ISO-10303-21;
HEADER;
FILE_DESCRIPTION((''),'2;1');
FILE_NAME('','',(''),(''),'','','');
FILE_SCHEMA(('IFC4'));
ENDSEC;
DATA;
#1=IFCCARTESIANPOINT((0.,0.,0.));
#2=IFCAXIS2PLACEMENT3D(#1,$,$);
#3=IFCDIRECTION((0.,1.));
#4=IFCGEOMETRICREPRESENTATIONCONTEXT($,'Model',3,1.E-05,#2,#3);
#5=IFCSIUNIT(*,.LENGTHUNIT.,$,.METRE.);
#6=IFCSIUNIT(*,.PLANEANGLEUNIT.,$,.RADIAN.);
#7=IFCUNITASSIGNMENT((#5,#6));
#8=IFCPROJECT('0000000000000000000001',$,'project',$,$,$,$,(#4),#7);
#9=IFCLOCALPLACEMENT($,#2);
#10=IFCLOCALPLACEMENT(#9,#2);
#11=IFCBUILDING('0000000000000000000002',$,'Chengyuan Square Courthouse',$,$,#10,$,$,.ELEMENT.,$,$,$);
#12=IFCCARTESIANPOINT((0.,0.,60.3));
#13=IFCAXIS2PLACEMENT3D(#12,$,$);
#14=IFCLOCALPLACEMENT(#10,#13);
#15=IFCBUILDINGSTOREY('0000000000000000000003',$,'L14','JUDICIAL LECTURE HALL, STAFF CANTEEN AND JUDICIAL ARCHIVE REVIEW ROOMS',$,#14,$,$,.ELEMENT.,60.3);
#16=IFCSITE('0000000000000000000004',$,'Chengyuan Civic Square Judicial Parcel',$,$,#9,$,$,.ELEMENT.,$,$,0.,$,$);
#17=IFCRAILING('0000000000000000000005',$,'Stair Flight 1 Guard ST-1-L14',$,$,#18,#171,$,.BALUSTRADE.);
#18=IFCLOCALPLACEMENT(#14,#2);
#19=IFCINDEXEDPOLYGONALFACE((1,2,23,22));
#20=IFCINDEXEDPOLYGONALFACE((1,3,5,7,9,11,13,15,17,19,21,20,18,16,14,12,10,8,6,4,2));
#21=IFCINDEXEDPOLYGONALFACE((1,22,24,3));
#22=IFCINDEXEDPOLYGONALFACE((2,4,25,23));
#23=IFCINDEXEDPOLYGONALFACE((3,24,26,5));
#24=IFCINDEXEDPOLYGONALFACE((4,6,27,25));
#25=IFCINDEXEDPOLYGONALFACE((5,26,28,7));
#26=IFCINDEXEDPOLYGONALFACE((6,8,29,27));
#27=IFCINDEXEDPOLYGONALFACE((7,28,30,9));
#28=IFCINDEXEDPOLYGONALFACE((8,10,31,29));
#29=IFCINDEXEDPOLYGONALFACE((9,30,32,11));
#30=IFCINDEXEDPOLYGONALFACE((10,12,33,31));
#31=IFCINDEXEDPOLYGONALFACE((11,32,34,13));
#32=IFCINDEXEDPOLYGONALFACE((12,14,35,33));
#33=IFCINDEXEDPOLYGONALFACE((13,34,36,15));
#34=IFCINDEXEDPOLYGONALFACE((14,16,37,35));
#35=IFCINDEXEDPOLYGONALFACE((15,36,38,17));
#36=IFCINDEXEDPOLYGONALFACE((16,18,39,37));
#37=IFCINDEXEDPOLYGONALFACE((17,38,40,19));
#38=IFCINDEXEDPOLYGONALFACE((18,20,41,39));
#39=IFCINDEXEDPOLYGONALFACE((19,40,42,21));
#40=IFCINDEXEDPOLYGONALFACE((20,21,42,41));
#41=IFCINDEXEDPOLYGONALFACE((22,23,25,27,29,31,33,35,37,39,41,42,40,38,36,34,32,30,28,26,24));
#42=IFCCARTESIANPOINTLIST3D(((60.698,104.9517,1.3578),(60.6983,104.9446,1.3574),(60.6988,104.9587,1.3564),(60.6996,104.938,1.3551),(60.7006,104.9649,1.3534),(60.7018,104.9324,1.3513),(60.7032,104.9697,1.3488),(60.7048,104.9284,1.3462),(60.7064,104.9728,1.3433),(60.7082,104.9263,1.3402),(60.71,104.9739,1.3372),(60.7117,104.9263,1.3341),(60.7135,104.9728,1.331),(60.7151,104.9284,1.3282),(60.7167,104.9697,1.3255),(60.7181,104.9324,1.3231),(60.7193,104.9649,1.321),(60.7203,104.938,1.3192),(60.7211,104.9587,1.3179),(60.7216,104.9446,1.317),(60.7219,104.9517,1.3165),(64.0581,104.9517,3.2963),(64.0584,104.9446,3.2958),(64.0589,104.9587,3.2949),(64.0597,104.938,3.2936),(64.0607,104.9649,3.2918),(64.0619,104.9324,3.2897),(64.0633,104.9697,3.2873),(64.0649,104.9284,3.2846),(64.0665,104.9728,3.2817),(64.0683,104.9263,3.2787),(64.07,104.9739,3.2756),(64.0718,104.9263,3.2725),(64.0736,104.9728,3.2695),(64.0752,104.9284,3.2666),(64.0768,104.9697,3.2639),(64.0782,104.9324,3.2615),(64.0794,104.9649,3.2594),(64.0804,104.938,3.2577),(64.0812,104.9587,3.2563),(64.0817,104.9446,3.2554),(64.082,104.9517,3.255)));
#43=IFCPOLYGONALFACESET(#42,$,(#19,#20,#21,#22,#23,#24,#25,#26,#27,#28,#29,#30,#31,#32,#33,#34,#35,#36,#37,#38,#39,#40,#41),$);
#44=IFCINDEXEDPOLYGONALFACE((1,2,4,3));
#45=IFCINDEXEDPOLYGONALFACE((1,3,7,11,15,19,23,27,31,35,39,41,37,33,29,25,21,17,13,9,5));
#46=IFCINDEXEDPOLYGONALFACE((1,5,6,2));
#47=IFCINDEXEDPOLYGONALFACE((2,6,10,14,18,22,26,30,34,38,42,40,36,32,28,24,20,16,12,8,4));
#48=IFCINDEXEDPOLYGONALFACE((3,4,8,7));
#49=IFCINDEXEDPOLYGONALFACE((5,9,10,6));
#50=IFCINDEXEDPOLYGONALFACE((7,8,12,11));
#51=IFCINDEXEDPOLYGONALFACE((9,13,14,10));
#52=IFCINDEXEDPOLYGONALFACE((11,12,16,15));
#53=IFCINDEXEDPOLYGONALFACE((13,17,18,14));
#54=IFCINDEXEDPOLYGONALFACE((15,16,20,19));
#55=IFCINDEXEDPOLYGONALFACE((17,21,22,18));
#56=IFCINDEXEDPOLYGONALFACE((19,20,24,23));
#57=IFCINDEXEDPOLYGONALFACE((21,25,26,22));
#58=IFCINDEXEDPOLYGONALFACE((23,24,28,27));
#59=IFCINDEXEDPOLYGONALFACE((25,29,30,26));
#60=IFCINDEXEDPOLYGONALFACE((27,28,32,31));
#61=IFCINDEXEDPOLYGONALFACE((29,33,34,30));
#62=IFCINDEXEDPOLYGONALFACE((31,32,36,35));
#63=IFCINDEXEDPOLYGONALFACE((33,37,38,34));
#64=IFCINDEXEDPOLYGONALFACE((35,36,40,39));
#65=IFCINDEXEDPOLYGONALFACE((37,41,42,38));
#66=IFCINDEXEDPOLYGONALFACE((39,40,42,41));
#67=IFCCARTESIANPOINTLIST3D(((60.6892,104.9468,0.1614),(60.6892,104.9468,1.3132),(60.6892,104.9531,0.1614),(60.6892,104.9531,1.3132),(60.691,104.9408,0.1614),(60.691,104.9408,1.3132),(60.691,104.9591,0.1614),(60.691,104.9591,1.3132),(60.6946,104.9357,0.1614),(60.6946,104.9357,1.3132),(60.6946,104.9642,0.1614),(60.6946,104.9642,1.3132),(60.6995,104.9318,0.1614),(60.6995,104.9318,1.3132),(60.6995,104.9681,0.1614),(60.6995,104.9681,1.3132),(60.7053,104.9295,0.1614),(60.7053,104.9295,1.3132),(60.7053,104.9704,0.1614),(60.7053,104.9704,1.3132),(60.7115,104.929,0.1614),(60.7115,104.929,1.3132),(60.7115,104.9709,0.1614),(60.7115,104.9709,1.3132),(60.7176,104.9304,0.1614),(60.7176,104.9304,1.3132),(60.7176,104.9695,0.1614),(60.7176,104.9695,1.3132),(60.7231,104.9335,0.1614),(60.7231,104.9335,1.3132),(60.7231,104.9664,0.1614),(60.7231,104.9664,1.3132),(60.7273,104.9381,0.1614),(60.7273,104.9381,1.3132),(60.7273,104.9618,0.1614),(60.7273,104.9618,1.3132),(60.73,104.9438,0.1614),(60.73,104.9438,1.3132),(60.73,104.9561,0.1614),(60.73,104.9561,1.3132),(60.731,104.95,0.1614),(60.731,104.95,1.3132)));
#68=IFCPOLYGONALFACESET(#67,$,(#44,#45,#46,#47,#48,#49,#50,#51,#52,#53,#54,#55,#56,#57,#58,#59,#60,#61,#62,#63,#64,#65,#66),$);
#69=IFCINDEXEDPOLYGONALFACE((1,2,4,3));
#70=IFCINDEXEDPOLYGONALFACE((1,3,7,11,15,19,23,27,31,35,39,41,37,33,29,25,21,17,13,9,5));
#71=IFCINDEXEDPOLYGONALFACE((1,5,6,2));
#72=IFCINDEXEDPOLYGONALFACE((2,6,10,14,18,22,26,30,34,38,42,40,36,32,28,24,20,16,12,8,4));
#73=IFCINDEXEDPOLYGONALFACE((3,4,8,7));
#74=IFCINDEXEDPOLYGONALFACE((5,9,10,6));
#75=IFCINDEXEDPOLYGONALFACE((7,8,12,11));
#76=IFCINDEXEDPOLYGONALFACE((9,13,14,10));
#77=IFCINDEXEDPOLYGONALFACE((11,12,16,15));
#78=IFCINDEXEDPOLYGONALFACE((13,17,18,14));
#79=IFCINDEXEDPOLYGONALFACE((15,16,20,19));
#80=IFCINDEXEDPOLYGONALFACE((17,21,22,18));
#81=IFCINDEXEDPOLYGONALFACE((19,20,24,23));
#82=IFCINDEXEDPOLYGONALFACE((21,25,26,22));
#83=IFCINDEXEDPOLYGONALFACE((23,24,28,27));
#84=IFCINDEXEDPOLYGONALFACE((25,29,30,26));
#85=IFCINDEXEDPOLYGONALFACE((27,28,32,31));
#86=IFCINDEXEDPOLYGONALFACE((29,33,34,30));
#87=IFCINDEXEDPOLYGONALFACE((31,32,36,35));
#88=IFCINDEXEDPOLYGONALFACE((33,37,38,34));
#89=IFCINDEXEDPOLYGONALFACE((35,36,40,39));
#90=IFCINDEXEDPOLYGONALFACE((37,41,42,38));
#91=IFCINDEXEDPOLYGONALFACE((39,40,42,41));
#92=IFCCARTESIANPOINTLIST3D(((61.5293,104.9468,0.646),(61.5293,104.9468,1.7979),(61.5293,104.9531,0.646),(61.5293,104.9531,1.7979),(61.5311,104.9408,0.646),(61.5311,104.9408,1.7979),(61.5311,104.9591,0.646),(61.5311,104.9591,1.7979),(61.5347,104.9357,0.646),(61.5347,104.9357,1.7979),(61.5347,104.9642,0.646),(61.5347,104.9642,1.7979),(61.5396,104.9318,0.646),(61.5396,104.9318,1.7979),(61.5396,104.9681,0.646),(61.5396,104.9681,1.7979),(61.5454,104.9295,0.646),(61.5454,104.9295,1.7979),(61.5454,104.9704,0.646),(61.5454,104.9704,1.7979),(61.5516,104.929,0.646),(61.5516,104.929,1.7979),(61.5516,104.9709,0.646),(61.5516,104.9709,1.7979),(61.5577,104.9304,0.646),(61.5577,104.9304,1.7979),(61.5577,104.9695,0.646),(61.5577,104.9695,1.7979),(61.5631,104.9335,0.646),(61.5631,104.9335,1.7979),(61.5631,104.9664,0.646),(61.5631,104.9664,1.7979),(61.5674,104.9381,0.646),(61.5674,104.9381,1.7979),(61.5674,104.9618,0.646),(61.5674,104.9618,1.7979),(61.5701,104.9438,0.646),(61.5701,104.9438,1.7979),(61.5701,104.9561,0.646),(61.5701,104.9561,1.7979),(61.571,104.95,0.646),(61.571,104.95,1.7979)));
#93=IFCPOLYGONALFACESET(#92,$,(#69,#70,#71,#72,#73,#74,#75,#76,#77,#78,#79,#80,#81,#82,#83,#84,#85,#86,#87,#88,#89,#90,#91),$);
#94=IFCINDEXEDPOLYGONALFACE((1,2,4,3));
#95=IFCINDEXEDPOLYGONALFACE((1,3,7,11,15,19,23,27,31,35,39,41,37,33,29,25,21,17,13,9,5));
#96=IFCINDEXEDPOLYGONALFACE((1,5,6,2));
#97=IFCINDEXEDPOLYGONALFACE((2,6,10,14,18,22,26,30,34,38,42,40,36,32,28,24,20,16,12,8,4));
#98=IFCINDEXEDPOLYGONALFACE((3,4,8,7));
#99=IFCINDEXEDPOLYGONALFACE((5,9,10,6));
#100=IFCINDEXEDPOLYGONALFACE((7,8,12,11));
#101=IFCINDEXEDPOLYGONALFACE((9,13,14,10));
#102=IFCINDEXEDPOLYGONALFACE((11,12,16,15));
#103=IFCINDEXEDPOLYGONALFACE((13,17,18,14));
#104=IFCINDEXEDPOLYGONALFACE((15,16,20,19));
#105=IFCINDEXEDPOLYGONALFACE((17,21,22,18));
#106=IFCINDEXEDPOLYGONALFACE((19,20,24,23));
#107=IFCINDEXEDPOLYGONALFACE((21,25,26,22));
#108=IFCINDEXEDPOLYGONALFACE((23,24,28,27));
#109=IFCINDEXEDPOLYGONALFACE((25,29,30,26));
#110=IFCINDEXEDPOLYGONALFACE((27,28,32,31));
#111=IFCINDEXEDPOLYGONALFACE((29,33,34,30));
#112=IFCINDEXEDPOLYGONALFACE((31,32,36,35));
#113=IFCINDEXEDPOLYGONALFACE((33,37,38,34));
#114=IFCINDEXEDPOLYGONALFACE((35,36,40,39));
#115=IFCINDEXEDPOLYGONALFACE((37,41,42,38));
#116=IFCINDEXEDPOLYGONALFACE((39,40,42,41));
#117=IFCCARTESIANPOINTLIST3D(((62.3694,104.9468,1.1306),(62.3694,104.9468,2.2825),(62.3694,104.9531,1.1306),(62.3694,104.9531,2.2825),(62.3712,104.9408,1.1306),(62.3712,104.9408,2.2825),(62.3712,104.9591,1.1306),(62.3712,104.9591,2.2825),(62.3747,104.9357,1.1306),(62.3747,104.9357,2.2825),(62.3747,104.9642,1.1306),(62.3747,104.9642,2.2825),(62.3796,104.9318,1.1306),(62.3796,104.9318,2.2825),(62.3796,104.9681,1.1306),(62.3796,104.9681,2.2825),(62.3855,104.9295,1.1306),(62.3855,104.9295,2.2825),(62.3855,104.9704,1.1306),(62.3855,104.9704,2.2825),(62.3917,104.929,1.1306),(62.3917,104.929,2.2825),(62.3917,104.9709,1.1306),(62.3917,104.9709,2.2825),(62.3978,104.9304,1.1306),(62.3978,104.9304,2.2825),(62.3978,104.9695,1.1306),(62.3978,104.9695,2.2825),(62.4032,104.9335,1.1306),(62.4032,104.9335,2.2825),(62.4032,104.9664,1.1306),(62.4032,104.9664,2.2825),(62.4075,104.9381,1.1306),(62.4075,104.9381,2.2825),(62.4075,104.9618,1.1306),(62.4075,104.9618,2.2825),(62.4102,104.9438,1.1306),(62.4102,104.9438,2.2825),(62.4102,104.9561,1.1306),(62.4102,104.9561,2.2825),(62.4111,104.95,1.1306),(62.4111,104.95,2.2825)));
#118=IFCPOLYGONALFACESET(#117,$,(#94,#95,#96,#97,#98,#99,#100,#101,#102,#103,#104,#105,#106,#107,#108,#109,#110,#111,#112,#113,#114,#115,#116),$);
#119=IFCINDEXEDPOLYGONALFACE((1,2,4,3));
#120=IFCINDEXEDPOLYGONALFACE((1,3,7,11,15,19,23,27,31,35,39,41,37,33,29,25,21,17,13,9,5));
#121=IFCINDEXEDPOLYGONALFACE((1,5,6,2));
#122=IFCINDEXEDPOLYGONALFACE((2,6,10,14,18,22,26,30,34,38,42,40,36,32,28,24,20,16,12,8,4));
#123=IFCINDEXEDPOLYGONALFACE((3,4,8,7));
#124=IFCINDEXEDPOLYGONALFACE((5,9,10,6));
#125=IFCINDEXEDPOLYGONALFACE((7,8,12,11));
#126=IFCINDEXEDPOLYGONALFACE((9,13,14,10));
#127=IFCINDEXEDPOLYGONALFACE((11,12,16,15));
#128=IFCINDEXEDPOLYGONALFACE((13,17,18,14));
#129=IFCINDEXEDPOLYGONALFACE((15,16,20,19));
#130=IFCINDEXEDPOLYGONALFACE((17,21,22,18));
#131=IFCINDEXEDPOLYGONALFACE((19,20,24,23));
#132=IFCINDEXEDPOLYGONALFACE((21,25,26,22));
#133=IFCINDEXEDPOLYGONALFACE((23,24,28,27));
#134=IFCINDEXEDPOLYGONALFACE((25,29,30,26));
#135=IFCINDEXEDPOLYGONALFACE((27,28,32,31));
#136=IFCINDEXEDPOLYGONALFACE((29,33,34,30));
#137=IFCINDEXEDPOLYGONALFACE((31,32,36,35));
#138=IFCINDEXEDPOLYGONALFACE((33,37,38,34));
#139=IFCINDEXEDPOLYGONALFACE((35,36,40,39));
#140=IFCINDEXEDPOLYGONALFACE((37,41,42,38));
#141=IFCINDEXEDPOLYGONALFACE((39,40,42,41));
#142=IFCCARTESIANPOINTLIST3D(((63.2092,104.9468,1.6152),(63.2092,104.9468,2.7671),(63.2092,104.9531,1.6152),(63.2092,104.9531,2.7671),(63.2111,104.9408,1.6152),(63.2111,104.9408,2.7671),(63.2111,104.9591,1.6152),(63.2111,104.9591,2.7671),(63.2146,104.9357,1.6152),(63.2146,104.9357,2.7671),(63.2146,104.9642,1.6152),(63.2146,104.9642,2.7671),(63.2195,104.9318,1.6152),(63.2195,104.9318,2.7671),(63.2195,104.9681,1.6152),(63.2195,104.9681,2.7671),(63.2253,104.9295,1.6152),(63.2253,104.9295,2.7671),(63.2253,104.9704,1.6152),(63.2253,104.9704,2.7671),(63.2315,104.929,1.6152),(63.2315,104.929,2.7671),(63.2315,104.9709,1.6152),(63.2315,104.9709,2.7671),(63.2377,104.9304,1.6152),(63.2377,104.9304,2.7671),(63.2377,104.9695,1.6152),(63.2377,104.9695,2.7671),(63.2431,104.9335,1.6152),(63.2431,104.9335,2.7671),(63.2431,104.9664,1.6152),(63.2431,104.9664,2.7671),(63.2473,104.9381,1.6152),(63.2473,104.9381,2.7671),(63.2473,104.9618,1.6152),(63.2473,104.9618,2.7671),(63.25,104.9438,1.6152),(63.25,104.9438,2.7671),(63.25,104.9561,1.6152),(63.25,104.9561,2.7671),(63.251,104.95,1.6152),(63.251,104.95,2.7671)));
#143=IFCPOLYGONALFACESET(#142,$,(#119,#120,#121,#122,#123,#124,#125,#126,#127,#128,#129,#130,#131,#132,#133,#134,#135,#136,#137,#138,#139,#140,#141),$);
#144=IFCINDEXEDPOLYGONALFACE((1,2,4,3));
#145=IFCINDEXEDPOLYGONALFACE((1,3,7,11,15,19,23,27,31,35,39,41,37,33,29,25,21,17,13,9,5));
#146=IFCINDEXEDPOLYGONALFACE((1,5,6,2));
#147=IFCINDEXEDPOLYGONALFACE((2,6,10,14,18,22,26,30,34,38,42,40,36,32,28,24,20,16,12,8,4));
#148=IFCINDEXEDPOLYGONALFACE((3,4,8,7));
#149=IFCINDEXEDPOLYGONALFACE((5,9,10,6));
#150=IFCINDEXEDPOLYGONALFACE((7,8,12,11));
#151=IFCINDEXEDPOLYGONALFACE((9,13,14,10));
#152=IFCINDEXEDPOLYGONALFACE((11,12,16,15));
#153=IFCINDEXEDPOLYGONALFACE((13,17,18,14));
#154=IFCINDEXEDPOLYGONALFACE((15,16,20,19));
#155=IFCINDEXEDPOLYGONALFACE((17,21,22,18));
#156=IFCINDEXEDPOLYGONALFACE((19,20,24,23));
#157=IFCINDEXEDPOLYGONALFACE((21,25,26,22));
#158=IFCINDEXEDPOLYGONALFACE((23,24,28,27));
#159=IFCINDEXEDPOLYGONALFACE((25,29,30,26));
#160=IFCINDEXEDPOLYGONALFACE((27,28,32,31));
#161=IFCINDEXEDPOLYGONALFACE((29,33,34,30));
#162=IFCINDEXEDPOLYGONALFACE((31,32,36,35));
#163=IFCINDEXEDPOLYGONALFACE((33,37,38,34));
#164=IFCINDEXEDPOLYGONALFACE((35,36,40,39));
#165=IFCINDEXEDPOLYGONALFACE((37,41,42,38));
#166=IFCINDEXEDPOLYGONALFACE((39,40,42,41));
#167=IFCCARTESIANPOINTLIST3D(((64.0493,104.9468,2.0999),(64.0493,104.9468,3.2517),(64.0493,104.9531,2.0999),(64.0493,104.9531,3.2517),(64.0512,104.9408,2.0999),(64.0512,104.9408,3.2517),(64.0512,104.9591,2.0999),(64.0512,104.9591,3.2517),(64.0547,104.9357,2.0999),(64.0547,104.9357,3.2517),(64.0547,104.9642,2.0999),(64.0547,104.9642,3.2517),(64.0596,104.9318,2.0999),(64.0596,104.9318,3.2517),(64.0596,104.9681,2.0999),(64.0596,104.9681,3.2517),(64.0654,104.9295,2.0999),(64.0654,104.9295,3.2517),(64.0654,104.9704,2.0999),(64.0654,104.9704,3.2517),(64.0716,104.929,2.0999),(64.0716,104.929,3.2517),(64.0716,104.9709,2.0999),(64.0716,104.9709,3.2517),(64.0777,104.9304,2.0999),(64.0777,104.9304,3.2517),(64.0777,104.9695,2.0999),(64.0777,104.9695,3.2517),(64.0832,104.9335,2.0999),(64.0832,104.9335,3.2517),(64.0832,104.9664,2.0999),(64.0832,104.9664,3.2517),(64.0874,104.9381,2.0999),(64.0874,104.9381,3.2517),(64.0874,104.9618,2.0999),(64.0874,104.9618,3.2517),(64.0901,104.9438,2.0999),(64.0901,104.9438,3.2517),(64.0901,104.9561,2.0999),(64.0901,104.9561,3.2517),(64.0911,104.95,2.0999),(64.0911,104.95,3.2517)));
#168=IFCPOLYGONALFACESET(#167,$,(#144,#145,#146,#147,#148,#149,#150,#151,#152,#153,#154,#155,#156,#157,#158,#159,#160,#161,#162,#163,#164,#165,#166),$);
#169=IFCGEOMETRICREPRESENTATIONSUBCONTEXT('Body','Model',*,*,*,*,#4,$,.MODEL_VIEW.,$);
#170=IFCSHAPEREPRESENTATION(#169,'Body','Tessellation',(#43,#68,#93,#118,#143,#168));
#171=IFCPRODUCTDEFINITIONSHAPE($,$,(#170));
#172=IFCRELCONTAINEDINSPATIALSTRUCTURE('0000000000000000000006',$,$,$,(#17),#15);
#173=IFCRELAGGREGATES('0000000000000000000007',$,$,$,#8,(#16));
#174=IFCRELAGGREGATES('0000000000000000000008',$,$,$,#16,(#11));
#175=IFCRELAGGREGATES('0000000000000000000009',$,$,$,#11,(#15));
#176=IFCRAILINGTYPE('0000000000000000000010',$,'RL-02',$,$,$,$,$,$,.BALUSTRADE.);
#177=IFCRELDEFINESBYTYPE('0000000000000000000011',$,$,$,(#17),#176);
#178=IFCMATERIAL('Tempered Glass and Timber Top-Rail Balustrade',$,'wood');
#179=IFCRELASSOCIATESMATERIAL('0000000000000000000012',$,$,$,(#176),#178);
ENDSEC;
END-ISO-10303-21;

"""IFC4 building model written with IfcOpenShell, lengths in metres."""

from ifc_helpers import new_model, si_unit, direction, frame, origin, origin_2d, place, context, subcontext, project, spatial, circle, extrude, material, type_object, element, save


model = new_model("IFC4")

# Units and contexts
model_context = context("Model", 3, precision=1e-05, world=origin(), true_north=direction((0.0, 1.0)))
body_context = subcontext(model_context, "Body", "Model", "MODEL_VIEW")
ifc_project = project(units=[si_unit("LENGTHUNIT", "METRE"), si_unit("PLANEANGLEUNIT", "RADIAN")], contexts=[model_context])

# Site, building, storey
site_placement = place(None, origin())
site = spatial("IfcSite", under=ifc_project, at=site_placement, Name="Chengyuan Civic Square Judicial Parcel", CompositionType="ELEMENT", RefElevation=0.0)
building_placement = place(site_placement, origin())
building = spatial("IfcBuilding", under=site, at=building_placement, Name="Chengyuan Square Courthouse", CompositionType="ELEMENT")
storey_placement = place(building_placement, frame((0.0, 0.0, 60.3)))
storey = spatial("IfcBuildingStorey", under=building, at=storey_placement, Name="L14", Description="JUDICIAL LECTURE HALL, STAFF CANTEEN AND JUDICIAL ARCHIVE REVIEW ROOMS", CompositionType="ELEMENT", Elevation=60.3)

# Railing
ifc_material_1 = material(Name="Tempered Glass and Timber Top-Rail Balustrade", Category="wood")
railing_type_1 = type_object("IfcRailingType", Name="RL-02", PredefinedType="BALUSTRADE", material=ifc_material_1)
railing_1_placement = place(storey_placement, frame((60.71, 104.95, 0.1614)))
element("IfcRailing", 1, at=railing_1_placement, inside=storey, type_object=railing_type_1, Name="Stair Flight 1 Guard ST-1-L14", PredefinedType="BALUSTRADE", context=body_context, shape_type="SweptSolid", body=[
    extrude(circle(Radius=0.0239, at=origin_2d()), frame((0.0, 0.0, 1.1758), z_axis=(0.866191, 0.0, 0.499713), x_axis=(0.0, 1.0, 0.0)), (0.0, 0.0, 1.0), 3.8792),
    extrude(circle(Radius=0.021, at=origin_2d()), origin(), (0.0, 0.0, 1.0), 1.1519),
    extrude(circle(Radius=0.021, at=origin_2d()), frame((0.8401, 0.0, 0.4846)), (0.0, 0.0, 1.0), 1.1519),
    extrude(circle(Radius=0.021, at=origin_2d()), frame((1.6802, 0.0, 0.9692)), (0.0, 0.0, 1.0), 1.1519),
    extrude(circle(Radius=0.021, at=origin_2d()), frame((2.52, 0.0, 1.4539)), (0.0, 0.0, 1.0), 1.1519),
    extrude(circle(Radius=0.021, at=origin_2d()), frame((3.3601, 0.0, 1.9385)), (0.0, 0.0, 1.0), 1.1519),
])

save(model, "model.ifc")
